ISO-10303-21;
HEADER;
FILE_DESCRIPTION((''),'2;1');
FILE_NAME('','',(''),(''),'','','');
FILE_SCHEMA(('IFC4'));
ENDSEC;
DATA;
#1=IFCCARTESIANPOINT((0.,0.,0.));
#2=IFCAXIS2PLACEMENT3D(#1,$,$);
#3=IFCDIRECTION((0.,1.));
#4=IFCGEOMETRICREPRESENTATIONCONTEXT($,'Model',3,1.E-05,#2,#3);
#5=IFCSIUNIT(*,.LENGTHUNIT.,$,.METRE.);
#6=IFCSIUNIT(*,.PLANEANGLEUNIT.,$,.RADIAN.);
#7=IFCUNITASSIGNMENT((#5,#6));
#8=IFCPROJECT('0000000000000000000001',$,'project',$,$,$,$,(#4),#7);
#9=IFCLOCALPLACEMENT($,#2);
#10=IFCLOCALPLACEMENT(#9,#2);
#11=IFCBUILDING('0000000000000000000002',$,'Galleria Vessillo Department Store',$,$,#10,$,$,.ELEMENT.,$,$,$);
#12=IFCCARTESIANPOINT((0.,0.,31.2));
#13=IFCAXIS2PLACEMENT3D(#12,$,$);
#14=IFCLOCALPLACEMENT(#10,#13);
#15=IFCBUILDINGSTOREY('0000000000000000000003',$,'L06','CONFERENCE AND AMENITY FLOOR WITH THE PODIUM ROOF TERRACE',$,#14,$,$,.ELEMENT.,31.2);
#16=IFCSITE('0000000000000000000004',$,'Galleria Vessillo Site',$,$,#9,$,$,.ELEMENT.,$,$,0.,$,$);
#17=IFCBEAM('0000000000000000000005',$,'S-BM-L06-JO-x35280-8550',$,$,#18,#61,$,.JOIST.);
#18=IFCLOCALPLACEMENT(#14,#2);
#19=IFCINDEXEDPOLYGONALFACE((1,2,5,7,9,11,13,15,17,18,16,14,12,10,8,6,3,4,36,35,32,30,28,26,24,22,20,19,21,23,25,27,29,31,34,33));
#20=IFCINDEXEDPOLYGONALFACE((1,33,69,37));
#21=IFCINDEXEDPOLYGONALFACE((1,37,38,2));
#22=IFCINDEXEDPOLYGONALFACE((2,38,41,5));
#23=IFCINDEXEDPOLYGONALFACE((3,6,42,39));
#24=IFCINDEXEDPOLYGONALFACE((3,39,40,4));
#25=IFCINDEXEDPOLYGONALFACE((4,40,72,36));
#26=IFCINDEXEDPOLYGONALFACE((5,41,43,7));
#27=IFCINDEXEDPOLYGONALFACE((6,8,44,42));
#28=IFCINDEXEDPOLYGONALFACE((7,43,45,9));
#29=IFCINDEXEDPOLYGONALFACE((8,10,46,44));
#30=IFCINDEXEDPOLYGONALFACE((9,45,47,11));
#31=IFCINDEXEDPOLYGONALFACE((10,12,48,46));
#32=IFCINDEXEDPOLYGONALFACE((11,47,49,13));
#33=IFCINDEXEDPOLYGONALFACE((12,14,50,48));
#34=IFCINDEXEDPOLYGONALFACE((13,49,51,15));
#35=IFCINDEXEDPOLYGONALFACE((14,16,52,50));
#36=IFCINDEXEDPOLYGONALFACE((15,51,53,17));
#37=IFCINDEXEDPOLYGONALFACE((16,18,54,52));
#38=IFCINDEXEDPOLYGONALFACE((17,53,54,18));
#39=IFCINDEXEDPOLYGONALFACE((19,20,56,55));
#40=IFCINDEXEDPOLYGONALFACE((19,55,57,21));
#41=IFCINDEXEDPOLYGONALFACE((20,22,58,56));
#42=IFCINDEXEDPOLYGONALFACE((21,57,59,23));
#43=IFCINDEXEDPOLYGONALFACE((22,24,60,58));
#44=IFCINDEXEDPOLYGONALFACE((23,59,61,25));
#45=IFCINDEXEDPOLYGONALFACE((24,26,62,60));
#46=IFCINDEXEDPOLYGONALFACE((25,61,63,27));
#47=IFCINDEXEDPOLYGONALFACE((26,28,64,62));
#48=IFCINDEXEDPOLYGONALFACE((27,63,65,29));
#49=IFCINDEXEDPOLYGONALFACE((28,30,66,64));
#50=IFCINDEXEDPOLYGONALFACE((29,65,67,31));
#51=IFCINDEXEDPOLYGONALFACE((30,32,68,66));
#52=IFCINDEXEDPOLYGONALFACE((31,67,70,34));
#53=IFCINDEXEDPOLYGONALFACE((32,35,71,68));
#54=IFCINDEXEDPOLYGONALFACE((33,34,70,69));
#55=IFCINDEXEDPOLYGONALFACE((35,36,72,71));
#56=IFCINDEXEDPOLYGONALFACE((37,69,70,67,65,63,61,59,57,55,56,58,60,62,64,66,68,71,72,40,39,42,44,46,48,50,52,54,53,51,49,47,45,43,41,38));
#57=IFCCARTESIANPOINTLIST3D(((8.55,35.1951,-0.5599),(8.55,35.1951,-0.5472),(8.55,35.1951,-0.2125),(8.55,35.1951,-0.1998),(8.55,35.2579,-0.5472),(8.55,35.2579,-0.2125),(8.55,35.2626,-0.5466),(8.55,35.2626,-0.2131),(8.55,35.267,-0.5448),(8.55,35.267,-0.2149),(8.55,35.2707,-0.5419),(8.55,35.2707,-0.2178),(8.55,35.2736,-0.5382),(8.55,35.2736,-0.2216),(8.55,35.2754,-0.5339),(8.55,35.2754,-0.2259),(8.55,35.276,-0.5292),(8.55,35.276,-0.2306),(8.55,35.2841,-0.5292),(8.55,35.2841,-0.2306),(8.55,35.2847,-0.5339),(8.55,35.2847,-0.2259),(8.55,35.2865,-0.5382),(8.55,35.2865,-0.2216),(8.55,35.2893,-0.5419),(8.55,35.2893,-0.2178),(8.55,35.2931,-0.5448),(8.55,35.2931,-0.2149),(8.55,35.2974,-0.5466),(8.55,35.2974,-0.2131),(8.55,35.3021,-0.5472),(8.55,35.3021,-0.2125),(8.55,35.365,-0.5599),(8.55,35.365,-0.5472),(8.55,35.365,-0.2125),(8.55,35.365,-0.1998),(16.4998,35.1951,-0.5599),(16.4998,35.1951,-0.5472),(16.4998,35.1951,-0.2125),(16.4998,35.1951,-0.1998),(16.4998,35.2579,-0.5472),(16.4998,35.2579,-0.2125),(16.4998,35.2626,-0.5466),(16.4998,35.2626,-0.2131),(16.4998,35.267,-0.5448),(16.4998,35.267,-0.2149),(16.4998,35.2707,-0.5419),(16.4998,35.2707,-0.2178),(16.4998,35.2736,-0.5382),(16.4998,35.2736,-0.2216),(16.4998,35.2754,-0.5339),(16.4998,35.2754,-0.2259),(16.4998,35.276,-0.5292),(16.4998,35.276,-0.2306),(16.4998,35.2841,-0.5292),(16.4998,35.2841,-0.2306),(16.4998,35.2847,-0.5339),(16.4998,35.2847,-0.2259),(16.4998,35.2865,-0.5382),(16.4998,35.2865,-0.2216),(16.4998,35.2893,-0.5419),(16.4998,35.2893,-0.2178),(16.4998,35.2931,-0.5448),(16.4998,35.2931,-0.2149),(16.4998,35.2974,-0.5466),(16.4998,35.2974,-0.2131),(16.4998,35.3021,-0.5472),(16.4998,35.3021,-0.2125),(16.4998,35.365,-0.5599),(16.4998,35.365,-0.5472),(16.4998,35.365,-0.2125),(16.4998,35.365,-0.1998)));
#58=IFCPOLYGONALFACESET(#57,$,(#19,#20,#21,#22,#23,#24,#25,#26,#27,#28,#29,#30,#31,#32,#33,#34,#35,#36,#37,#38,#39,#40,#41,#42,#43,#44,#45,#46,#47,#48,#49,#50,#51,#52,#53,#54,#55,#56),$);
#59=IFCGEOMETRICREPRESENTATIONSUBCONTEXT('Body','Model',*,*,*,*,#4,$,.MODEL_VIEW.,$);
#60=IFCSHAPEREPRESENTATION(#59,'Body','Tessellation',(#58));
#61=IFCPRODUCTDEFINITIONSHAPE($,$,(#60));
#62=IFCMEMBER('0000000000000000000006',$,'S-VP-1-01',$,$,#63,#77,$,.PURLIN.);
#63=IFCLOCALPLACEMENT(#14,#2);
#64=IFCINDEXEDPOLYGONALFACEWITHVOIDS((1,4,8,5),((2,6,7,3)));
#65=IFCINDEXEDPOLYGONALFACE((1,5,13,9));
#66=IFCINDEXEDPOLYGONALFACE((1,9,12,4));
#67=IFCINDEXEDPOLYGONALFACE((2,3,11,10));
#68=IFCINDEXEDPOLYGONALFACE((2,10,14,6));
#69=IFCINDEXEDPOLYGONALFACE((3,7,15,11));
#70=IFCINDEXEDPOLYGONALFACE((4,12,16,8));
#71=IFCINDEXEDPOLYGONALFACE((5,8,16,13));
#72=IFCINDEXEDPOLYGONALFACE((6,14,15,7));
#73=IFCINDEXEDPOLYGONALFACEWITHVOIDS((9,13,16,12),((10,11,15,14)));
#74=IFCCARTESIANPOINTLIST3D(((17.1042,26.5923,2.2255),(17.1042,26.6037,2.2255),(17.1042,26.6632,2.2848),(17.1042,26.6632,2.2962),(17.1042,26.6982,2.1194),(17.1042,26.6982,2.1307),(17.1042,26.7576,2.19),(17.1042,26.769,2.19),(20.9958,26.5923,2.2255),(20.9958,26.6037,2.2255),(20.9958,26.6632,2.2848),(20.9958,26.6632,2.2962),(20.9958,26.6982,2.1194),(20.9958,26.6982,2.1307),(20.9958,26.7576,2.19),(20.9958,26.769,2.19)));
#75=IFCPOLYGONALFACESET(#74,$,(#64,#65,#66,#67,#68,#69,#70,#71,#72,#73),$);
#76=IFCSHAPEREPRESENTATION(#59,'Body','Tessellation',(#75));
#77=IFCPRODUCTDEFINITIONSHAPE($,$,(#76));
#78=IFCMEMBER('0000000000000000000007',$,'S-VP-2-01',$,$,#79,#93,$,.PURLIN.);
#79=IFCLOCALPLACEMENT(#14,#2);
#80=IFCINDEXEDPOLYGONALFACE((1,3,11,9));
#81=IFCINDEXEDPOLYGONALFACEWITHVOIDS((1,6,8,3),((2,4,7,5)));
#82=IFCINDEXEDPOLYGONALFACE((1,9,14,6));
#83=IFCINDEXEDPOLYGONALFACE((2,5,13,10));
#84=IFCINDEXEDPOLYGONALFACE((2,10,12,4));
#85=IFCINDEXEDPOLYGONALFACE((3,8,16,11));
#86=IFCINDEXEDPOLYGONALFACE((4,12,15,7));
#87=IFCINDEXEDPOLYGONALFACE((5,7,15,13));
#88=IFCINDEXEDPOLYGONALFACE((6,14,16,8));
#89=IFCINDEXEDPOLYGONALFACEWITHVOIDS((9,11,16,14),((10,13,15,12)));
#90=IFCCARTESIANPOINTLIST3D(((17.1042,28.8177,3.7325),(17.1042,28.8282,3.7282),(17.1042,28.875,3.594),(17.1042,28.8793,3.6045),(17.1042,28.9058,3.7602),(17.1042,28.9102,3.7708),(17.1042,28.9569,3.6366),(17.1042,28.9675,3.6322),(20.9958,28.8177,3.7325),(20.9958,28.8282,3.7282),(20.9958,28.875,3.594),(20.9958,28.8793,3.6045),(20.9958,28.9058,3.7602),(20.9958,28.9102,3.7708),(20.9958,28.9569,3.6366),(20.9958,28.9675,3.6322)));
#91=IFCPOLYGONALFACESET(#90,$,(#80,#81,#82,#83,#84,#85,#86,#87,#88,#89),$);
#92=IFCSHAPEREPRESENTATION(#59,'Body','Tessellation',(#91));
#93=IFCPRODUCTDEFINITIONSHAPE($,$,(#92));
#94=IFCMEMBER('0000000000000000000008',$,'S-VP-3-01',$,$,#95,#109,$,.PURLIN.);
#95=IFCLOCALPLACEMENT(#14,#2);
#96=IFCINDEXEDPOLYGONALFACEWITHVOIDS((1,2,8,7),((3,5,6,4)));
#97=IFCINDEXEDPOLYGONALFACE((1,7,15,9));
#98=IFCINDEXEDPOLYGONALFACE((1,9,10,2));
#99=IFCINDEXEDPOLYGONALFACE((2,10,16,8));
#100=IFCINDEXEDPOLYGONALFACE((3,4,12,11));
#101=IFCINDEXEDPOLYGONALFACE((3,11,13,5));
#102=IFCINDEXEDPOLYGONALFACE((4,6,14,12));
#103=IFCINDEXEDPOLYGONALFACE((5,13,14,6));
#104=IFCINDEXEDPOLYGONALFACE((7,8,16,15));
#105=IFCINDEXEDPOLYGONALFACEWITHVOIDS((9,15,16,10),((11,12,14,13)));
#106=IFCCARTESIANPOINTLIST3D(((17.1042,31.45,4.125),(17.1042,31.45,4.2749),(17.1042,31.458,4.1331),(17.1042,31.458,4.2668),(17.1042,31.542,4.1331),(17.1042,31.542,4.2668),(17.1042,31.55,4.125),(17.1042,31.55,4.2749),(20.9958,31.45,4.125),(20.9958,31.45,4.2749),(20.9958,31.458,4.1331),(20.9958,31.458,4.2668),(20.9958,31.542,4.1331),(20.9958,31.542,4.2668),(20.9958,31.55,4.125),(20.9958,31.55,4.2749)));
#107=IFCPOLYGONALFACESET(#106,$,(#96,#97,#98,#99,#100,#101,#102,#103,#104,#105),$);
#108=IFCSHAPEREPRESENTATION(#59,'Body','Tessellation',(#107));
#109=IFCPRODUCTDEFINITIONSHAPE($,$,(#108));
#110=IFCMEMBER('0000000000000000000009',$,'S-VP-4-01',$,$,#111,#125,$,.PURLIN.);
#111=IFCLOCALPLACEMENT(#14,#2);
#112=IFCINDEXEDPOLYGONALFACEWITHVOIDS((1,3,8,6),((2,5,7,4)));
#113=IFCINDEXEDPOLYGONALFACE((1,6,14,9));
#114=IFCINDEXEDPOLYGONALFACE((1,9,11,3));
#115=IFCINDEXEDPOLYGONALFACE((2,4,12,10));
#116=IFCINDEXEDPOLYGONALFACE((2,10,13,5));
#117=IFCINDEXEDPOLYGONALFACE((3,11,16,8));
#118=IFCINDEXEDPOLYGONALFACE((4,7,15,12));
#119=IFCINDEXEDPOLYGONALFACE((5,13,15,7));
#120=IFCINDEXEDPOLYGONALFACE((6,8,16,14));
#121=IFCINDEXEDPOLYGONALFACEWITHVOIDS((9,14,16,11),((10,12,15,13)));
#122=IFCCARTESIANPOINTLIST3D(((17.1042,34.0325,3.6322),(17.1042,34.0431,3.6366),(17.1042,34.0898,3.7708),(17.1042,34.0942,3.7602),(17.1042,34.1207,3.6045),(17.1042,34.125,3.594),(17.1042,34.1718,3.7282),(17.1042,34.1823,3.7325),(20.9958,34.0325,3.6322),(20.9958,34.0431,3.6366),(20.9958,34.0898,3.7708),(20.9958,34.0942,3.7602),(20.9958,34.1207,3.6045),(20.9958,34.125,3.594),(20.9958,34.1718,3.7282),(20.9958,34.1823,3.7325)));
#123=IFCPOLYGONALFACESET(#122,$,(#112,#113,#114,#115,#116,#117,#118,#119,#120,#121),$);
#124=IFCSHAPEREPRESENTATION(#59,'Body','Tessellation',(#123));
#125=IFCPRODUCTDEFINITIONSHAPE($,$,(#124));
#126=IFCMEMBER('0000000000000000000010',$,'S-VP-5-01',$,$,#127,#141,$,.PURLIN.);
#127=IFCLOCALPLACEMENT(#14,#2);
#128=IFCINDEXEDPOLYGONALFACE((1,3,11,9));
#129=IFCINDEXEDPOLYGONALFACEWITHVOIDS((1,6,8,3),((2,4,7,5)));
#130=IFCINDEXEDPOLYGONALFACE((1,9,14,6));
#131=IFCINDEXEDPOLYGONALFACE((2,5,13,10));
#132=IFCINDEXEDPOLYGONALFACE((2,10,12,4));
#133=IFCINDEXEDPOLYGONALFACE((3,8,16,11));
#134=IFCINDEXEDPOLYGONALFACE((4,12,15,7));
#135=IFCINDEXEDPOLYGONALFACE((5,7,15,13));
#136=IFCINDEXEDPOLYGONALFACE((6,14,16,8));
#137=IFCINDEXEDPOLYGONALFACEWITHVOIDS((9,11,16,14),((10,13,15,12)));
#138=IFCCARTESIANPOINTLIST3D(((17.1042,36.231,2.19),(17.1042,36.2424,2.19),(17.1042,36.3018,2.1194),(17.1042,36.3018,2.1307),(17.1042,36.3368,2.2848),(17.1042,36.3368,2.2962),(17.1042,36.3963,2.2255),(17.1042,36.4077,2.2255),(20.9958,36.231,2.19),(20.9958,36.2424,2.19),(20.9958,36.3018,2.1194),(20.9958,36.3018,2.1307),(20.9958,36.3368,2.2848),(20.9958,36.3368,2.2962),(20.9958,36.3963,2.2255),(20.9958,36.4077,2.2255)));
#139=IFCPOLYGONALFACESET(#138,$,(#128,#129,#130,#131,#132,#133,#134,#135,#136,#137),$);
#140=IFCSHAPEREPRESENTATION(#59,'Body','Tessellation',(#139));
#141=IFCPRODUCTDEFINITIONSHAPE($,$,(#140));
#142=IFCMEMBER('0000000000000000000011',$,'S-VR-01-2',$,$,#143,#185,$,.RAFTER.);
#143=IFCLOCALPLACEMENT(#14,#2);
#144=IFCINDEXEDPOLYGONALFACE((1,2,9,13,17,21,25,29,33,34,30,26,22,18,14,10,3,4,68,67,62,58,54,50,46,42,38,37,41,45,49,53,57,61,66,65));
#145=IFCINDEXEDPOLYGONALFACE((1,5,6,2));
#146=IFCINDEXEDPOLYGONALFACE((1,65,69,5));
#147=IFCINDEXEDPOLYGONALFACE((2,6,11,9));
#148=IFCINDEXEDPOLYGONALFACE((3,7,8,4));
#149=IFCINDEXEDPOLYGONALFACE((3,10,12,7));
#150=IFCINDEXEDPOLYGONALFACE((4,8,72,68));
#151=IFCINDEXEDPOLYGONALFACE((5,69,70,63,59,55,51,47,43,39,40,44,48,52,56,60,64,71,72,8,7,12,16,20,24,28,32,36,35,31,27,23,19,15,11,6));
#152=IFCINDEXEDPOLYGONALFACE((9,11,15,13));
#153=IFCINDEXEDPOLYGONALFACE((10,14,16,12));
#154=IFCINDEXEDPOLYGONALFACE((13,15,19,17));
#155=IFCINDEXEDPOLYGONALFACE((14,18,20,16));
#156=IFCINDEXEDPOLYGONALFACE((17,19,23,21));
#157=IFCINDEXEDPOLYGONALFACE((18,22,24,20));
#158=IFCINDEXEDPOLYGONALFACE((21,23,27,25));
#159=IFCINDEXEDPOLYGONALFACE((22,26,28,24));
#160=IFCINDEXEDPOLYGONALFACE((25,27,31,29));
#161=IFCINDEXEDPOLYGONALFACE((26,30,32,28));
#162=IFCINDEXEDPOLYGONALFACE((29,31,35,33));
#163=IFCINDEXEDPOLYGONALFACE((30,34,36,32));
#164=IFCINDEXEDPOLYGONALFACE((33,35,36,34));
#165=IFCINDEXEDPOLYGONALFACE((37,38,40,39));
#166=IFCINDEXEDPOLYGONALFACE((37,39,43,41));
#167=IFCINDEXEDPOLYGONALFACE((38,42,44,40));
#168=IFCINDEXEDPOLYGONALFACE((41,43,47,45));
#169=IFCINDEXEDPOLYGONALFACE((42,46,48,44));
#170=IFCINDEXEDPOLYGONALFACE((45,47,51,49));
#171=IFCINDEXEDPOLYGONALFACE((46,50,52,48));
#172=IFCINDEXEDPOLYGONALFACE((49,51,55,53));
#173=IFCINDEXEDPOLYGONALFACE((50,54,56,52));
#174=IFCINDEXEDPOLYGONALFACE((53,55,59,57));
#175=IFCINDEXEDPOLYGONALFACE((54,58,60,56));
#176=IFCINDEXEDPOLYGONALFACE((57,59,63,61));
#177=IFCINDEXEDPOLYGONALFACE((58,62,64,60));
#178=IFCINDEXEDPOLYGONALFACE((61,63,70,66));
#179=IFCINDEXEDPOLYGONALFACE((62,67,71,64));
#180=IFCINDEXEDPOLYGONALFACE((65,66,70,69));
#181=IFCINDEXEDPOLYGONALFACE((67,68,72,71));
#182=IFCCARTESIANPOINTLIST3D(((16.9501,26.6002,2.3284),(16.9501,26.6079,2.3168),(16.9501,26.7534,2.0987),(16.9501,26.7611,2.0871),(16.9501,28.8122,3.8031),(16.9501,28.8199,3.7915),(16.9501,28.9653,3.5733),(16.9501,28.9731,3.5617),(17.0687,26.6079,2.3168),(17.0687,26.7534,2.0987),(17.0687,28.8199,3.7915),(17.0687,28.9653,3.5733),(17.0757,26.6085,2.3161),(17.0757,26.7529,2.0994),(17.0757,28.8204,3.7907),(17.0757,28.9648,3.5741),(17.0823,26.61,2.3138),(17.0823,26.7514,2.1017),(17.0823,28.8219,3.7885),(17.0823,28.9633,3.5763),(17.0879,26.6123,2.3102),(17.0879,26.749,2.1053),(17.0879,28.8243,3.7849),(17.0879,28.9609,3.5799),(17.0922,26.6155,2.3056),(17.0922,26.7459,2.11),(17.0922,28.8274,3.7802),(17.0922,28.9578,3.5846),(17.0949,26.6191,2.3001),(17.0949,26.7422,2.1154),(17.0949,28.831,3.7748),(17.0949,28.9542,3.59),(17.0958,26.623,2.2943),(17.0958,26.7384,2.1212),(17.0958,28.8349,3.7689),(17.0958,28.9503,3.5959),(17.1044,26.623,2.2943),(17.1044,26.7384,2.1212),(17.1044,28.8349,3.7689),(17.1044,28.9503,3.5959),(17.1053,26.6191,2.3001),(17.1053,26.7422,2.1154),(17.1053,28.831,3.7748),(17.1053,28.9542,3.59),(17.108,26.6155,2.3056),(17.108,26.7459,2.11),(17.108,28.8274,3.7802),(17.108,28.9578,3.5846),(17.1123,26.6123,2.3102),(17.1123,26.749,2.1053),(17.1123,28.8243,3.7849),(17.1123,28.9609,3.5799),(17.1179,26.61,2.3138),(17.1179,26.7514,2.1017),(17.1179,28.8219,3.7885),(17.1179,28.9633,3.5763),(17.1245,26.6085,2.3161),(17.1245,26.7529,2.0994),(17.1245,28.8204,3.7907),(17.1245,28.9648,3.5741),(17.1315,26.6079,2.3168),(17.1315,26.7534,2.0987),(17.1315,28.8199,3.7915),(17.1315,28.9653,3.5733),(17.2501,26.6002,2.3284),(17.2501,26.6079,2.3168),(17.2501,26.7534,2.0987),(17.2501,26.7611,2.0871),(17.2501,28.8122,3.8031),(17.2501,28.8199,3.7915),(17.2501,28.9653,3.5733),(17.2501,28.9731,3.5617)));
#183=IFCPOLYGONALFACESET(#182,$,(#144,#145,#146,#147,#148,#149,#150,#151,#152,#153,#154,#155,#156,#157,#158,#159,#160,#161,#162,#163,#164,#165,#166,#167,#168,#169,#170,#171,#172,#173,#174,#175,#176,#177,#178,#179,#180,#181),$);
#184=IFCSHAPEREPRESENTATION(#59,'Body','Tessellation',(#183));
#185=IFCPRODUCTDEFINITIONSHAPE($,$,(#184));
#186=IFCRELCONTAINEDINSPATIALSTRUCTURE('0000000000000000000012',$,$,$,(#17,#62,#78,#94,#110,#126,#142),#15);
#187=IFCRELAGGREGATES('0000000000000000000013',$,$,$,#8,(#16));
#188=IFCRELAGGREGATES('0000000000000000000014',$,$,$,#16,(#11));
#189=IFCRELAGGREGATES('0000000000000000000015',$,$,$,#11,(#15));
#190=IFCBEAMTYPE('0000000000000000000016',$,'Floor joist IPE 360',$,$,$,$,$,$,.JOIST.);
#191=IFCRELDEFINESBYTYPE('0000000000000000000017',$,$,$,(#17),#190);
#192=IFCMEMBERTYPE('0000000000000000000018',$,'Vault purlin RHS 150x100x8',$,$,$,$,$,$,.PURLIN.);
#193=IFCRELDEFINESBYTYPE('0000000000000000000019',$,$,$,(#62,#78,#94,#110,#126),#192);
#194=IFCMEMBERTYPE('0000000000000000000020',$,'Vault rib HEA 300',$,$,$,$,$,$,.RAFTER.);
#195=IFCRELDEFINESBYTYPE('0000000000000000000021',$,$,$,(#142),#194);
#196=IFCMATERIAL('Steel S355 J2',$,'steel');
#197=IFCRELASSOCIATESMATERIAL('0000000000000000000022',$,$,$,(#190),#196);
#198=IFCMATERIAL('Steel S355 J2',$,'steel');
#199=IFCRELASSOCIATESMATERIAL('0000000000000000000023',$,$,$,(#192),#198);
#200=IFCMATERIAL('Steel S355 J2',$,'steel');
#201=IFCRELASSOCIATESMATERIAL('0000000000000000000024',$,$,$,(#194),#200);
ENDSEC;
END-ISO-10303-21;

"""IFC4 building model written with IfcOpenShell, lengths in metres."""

from ifc_helpers import new_model, si_unit, direction, frame, origin, origin_2d, place, context, subcontext, project, spatial, hollow_rectangle, i_section, extrude, material, material_profile, profile_set, type_object, element, save


model = new_model("IFC4")

# Units and contexts
model_context = context("Model", 3, precision=1e-05, world=origin(), true_north=direction((0.0, 1.0)))
body_context = subcontext(model_context, "Body", "Model", "MODEL_VIEW")
ifc_project = project(units=[si_unit("LENGTHUNIT", "METRE"), si_unit("PLANEANGLEUNIT", "RADIAN")], contexts=[model_context])

# Site, building, storey
site_placement = place(None, origin())
site = spatial("IfcSite", under=ifc_project, at=site_placement, Name="Galleria Vessillo Site", CompositionType="ELEMENT", RefElevation=0.0)
building_placement = place(site_placement, origin())
building = spatial("IfcBuilding", under=site, at=building_placement, Name="Galleria Vessillo Department Store", CompositionType="ELEMENT")
storey_placement = place(building_placement, frame((0.0, 0.0, 31.2)))
storey = spatial("IfcBuildingStorey", under=building, at=storey_placement, Name="L06", Description="CONFERENCE AND AMENITY FLOOR WITH THE PODIUM ROOF TERRACE", CompositionType="ELEMENT", Elevation=31.2)

# Beam
ifc_material_1 = material(Name="Steel S355 J2", Category="steel")
ifc_material_profile_1 = material_profile(ifc_material_1, i_section(OverallWidth=0.1699, OverallDepth=0.3601, WebThickness=0.0081, FlangeThickness=0.0127, FilletRadius=0.0181, at=origin_2d()), Name="IPE 360")
ifc_profile_set_1 = profile_set([ifc_material_profile_1], Name="Steel S355 J2")
beam_type_1 = type_object("IfcBeamType", Name="Floor joist IPE 360", PredefinedType="JOIST", material=ifc_profile_set_1)
for number, where, z_axis, x_axis, name in (
    (1, (8.55, 35.28, -0.3799), (1.0, 0.0, 0.0), (0.0, 1.0, 0.0), "S-BM-L06-JO-x35280-8550"),
):
    element("IfcBeam", number, at=place(storey_placement, frame(where, z_axis=z_axis, x_axis=x_axis)), inside=storey, type_object=beam_type_1, Name=name, PredefinedType="JOIST", context=body_context, shape_type="SweptSolid", body=[
        extrude(i_section(OverallWidth=0.1699, OverallDepth=0.3601, WebThickness=0.0081, FlangeThickness=0.0127, FilletRadius=0.0181, at=origin_2d()), origin(), (0.0, 0.0, 1.0), 7.9497),
    ])

# Members
ifc_material_2 = material(Name="Steel S355 J2", Category="steel")
ifc_material_profile_2 = material_profile(ifc_material_2, hollow_rectangle(XDim=0.1001, YDim=0.1499, WallThickness=0.0081, at=origin_2d()), Name="RHS 150x100x8")
ifc_profile_set_2 = profile_set([ifc_material_profile_2], Name="Steel S355 J2")
member_type_1 = type_object("IfcMemberType", Name="Vault purlin RHS 150x100x8", PredefinedType="PURLIN", material=ifc_profile_set_2)
for number, where, z_axis, x_axis, name in (
    (2, (17.1042, 26.6807, 2.2078), (1.0, 0.0, 0.0), (0.0, 0.708077, 0.706135), "S-VP-1-01"),
    (3, (17.1042, 28.8926, 3.6824), (1.0, 0.0, 0.0), (0.0, 0.924145, 0.382043), "S-VP-2-01"),
    (4, (17.1042, 31.5, 4.2), (1.0, 0.0, 0.0), (0.0, 1.0, 0.0), "S-VP-3-01"),
    (5, (17.1042, 34.1074, 3.6824), (1.0, 0.0, 0.0), (0.0, 0.924145, -0.382043), "S-VP-4-01"),
    (6, (17.1042, 36.3193, 2.2078), (1.0, 0.0, 0.0), (0.0, 0.708077, -0.706135), "S-VP-5-01"),
):
    element("IfcMember", number, at=place(storey_placement, frame(where, z_axis=z_axis, x_axis=x_axis)), inside=storey, type_object=member_type_1, Name=name, PredefinedType="PURLIN", context=body_context, shape_type="SweptSolid", body=[
        extrude(hollow_rectangle(XDim=0.1001, YDim=0.1499, WallThickness=0.0081, at=origin_2d()), origin(), (0.0, 0.0, 1.0), 3.8916),
    ])
ifc_material_3 = material(Name="Steel S355 J2", Category="steel")
ifc_material_profile_3 = material_profile(ifc_material_3, i_section(OverallWidth=0.3, OverallDepth=0.29, WebThickness=0.0085, FlangeThickness=0.0139, FilletRadius=0.0271, at=origin_2d()), Name="HEA 300")
ifc_profile_set_3 = profile_set([ifc_material_profile_3], Name="Steel S355 J2")
member_type_2 = type_object("IfcMemberType", Name="Vault rib HEA 300", PredefinedType="RAFTER", material=ifc_profile_set_3)
member_1_placement = place(storey_placement, frame((17.1001, 26.6807, 2.2078), z_axis=(0.0, 0.83205, 0.5547), x_axis=(-1.0, 0.0, 0.0)))
element("IfcMember", 7, at=member_1_placement, inside=storey, type_object=member_type_2, Name="S-VR-01-2", PredefinedType="RAFTER", context=body_context, shape_type="SweptSolid", body=[
    extrude(i_section(OverallWidth=0.3, OverallDepth=0.29, WebThickness=0.0085, FlangeThickness=0.0139, FilletRadius=0.0271, at=origin_2d()), origin(), (0.0, 0.0, 1.0), 2.6584),
])

save(model, "model.ifc")
